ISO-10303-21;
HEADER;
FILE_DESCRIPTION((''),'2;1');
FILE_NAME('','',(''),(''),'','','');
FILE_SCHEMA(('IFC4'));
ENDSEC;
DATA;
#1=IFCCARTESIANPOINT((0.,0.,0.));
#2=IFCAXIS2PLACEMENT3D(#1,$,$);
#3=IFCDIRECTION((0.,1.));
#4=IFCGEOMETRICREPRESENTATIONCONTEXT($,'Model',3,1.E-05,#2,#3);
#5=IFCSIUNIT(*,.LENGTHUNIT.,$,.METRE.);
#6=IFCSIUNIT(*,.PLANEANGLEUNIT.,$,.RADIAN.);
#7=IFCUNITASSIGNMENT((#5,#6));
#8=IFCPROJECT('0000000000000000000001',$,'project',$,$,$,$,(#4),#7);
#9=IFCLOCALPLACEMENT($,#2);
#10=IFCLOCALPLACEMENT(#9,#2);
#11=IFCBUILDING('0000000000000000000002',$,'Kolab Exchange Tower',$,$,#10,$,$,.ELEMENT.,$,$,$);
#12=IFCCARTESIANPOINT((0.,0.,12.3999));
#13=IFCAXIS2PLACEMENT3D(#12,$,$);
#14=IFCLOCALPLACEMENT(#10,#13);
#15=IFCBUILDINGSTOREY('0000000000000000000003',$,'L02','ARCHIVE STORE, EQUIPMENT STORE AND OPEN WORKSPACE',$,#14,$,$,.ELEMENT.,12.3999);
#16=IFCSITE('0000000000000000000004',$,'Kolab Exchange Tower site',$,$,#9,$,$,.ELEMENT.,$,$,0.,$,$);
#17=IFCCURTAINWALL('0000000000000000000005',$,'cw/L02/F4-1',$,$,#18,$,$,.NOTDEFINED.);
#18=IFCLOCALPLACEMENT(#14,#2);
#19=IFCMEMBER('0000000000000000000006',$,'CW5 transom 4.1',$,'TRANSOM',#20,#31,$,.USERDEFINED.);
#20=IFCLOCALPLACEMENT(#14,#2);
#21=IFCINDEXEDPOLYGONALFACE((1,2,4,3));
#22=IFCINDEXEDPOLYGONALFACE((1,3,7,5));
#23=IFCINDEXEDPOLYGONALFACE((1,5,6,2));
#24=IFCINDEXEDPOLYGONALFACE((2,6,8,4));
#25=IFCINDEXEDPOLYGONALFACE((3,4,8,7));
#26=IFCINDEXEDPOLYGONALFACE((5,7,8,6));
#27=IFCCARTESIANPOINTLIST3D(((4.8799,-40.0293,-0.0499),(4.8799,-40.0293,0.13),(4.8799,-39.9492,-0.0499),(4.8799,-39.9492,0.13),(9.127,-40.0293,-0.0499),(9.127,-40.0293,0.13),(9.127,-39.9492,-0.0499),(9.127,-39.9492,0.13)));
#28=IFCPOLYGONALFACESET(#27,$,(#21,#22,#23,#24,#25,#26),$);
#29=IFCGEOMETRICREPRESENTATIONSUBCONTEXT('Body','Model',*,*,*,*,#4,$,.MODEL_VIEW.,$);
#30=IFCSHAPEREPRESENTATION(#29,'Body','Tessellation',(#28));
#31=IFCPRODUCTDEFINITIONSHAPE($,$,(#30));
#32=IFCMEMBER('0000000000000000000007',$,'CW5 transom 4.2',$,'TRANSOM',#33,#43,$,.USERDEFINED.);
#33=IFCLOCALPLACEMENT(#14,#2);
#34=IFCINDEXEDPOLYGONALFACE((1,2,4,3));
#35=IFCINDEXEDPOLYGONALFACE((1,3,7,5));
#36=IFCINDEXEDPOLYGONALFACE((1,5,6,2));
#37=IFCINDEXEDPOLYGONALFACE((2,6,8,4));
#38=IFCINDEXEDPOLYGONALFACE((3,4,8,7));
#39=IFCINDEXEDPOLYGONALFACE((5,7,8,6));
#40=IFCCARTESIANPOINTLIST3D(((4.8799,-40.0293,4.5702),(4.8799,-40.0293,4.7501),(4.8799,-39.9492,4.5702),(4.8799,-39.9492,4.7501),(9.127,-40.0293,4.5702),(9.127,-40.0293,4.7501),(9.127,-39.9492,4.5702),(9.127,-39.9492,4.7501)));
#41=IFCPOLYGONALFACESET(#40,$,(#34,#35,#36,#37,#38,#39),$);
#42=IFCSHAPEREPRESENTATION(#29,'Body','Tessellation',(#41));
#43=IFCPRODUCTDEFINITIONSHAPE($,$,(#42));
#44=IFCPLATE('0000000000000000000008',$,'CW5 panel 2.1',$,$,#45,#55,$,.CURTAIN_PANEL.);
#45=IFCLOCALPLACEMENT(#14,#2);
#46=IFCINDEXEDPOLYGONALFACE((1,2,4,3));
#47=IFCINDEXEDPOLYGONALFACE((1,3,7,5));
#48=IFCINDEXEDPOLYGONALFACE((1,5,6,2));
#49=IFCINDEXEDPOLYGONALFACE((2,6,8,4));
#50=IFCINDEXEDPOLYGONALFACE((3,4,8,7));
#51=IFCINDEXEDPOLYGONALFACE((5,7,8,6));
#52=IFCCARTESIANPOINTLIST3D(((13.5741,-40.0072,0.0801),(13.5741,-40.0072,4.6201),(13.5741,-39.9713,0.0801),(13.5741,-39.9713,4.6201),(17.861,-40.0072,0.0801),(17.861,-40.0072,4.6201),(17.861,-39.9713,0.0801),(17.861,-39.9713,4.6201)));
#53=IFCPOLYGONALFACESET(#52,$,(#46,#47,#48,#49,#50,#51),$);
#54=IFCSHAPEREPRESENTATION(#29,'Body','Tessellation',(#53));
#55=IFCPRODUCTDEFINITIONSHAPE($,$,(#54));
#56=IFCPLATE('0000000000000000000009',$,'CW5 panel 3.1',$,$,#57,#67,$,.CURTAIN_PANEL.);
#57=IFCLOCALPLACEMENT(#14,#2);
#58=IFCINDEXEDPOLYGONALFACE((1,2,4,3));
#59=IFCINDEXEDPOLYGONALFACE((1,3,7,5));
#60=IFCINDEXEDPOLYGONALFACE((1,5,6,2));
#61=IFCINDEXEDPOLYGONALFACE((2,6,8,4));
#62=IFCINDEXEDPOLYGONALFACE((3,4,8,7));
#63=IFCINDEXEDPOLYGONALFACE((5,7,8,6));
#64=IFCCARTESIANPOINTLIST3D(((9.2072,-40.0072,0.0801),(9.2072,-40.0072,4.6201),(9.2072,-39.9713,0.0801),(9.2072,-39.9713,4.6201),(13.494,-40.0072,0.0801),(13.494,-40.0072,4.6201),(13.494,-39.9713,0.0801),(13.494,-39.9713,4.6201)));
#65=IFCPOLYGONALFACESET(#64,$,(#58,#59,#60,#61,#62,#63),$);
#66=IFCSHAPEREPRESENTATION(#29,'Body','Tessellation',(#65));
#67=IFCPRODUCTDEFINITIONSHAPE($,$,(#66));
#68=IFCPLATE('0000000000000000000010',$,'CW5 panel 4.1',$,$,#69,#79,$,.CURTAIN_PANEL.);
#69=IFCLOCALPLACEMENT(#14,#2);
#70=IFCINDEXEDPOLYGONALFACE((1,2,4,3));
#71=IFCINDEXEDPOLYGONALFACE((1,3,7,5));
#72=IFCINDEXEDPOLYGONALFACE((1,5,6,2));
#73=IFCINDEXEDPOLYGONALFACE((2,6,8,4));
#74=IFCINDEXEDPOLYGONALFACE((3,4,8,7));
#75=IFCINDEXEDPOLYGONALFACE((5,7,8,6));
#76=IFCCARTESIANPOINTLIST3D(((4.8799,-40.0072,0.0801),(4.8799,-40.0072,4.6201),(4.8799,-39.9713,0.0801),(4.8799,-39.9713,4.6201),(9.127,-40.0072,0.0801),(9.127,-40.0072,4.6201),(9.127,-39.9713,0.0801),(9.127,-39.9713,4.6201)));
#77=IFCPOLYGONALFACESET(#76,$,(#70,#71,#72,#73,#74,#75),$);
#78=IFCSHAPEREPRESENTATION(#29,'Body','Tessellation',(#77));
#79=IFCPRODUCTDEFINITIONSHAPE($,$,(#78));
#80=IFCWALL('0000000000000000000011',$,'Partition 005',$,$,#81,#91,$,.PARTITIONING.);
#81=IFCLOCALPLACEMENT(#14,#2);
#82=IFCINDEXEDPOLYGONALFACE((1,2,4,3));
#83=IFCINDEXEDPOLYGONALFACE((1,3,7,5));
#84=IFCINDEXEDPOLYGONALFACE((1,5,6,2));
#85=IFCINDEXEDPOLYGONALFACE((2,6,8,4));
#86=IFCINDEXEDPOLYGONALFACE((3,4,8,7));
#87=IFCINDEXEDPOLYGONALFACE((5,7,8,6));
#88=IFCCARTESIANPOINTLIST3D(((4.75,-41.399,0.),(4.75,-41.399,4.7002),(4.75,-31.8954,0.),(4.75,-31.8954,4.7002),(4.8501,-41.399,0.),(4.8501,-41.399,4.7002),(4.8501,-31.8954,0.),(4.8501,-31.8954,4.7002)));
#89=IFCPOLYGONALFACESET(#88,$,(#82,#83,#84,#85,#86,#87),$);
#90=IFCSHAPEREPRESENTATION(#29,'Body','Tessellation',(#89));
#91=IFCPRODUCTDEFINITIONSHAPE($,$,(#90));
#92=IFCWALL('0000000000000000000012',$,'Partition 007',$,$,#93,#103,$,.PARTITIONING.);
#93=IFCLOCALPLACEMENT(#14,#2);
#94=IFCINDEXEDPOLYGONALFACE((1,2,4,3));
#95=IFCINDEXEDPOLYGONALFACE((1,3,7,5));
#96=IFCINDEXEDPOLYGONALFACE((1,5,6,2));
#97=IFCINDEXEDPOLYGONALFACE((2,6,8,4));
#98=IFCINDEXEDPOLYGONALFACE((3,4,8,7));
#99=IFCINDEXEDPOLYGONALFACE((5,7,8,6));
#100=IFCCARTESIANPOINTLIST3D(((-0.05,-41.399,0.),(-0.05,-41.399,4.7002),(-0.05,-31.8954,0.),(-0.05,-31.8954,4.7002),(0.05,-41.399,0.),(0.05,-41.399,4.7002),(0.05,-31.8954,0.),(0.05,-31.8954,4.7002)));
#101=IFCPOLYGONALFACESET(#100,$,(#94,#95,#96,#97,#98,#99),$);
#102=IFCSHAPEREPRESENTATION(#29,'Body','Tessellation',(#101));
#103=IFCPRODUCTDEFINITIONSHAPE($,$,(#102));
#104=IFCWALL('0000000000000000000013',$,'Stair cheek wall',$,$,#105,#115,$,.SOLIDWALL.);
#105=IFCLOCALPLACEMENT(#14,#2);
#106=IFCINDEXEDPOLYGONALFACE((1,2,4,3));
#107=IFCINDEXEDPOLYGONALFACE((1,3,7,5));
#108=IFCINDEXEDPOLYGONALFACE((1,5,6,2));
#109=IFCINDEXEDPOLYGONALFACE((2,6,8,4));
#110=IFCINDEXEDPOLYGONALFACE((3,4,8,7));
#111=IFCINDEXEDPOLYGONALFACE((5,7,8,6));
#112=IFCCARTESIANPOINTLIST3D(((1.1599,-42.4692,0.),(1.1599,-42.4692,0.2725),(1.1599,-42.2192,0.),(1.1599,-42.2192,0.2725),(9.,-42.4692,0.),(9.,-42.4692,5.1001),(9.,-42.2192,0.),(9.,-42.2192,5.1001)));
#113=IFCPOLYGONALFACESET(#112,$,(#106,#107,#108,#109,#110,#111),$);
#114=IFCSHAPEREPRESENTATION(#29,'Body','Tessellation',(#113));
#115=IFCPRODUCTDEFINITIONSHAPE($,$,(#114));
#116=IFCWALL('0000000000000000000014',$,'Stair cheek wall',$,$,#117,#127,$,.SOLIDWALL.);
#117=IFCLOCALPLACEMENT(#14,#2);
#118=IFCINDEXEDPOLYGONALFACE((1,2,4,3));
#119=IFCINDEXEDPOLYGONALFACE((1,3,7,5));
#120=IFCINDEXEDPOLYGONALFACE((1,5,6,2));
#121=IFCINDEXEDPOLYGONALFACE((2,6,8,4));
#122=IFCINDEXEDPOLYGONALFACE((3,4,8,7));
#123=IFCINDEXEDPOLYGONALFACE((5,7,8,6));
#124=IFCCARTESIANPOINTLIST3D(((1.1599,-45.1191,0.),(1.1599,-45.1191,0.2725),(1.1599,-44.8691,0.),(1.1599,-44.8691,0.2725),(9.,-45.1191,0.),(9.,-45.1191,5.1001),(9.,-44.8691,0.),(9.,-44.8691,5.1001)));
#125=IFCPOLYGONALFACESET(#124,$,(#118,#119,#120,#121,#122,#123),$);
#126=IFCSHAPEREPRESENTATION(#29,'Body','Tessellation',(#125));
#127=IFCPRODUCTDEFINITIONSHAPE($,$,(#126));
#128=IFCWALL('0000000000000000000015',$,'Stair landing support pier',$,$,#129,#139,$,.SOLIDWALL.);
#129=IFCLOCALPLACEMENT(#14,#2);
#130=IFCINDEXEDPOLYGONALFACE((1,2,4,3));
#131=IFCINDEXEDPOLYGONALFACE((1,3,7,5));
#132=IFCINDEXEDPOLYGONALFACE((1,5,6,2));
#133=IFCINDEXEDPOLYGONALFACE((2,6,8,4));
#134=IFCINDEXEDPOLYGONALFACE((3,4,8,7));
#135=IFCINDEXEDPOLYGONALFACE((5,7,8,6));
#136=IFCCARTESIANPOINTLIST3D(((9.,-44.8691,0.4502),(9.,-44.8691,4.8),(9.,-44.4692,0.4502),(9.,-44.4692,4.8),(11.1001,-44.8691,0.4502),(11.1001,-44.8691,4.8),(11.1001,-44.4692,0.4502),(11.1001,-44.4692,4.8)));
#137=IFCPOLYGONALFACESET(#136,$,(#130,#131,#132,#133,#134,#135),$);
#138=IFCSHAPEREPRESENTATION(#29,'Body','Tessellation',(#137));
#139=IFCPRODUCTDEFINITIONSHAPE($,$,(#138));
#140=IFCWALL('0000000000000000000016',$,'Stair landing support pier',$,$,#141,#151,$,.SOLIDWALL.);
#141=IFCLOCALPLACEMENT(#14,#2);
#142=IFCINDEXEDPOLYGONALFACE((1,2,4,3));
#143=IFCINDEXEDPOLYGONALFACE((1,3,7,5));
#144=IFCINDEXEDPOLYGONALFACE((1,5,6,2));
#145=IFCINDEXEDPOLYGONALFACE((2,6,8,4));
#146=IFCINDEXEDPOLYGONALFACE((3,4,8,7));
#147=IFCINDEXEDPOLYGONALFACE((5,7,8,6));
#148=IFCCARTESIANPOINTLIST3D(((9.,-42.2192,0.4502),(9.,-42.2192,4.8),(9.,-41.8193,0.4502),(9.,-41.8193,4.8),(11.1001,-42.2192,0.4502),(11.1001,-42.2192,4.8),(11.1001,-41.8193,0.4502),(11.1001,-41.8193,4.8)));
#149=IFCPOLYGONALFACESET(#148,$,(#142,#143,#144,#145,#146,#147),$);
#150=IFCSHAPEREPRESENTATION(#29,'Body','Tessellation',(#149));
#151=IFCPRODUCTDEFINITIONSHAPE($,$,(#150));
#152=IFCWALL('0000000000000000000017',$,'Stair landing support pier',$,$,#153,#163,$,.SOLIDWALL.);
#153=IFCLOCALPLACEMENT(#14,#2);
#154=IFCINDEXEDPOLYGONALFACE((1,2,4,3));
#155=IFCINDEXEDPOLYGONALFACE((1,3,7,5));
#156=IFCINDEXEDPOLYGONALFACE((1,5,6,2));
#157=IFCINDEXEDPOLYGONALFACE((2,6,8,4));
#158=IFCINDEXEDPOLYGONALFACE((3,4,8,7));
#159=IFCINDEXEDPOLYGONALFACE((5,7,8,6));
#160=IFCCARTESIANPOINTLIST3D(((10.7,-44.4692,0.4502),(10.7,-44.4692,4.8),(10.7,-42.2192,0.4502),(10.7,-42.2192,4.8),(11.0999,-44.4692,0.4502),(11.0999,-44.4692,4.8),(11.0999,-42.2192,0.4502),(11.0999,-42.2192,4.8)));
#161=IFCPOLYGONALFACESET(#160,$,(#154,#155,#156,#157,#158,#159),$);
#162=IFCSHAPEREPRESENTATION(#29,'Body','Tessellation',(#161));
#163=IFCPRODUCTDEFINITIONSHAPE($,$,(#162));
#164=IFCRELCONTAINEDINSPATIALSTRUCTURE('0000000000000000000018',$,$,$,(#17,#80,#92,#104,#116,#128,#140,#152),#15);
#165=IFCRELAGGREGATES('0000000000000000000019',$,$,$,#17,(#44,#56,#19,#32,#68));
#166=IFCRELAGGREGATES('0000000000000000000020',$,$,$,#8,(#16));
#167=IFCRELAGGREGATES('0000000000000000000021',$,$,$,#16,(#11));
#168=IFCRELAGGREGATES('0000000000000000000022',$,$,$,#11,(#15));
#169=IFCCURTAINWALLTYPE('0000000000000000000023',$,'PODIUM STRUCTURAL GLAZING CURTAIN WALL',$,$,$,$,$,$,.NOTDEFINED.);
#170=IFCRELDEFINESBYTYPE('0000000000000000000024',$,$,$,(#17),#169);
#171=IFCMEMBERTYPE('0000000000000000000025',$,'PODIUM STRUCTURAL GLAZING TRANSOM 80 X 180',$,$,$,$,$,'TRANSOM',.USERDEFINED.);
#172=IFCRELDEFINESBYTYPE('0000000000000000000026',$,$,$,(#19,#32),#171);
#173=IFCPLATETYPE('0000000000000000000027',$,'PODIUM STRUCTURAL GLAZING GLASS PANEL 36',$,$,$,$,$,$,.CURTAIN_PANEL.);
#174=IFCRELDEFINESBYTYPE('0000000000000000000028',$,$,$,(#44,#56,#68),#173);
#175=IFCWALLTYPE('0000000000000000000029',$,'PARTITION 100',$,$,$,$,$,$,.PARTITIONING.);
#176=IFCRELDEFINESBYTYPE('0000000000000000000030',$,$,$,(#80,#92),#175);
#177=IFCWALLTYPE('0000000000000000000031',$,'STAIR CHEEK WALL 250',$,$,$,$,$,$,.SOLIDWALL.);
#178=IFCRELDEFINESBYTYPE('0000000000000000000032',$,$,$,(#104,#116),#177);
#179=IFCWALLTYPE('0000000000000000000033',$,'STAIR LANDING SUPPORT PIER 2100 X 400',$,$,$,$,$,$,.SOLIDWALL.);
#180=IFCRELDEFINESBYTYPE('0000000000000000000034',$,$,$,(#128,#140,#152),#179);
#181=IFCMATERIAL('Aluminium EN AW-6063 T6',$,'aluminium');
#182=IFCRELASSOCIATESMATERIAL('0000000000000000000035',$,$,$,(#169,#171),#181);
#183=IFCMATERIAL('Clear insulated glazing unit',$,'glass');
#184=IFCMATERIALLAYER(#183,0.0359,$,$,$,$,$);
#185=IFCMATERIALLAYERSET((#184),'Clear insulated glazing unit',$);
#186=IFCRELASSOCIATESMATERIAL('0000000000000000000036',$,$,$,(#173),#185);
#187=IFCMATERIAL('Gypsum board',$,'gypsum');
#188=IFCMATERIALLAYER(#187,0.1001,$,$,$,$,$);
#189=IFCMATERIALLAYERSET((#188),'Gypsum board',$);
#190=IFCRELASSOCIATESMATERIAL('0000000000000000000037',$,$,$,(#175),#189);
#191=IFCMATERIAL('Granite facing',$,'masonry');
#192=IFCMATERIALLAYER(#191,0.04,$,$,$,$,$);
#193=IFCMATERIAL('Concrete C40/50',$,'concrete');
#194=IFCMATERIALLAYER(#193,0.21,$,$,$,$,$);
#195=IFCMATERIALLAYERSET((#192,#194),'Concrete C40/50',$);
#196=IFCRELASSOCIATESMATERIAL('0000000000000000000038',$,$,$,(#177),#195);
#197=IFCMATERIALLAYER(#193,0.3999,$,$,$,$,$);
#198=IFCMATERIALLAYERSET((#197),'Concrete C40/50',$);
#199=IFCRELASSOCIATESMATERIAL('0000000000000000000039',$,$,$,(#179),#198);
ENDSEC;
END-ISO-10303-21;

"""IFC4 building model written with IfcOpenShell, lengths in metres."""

from ifc_helpers import new_model, si_unit, direction, frame, frame_2d, origin, origin_2d, place, context, subcontext, project, spatial, polyline, rectangle, outline, extrude, material, layer, layer_set, material_profile, profile_set, type_object, element, aggregate, save


model = new_model("IFC4")

# Units and contexts
model_context = context("Model", 3, precision=1e-05, world=origin(), true_north=direction((0.0, 1.0)))
body_context = subcontext(model_context, "Body", "Model", "MODEL_VIEW")
ifc_project = project(units=[si_unit("LENGTHUNIT", "METRE"), si_unit("PLANEANGLEUNIT", "RADIAN")], contexts=[model_context])

# Site, building, storey
site_placement = place(None, origin())
site = spatial("IfcSite", under=ifc_project, at=site_placement, Name="Kolab Exchange Tower site", CompositionType="ELEMENT", RefElevation=0.0)
building_placement = place(site_placement, origin())
building = spatial("IfcBuilding", under=site, at=building_placement, Name="Kolab Exchange Tower", CompositionType="ELEMENT")
storey_placement = place(building_placement, frame((0.0, 0.0, 12.3999)))
storey = spatial("IfcBuildingStorey", under=building, at=storey_placement, Name="L02", Description="ARCHIVE STORE, EQUIPMENT STORE AND OPEN WORKSPACE", CompositionType="ELEMENT", Elevation=12.3999)

# Curtain wall, members, plates
ifc_material_1 = material(Name="Aluminium EN AW-6063 T6", Category="aluminium")
curtain_wall_type = type_object("IfcCurtainWallType", Name="PODIUM STRUCTURAL GLAZING CURTAIN WALL", PredefinedType="NOTDEFINED", material=ifc_material_1)
curtain_wall_placement = place(storey_placement, origin())
curtain_wall = element("IfcCurtainWall", 1, at=curtain_wall_placement, inside=storey, type_object=curtain_wall_type, Name="cw/L02/F4-1", PredefinedType="NOTDEFINED")
ifc_material_profile_1 = material_profile(ifc_material_1, rectangle(XDim=0.0801, YDim=0.1799, at=origin_2d()), Name="RECT 80X180")
ifc_profile_set_1 = profile_set([ifc_material_profile_1], Name="Aluminium EN AW-6063 T6")
member_type_1 = type_object("IfcMemberType", Name="PODIUM STRUCTURAL GLAZING TRANSOM 80 X 180", ElementType="TRANSOM", PredefinedType="USERDEFINED", material=ifc_profile_set_1)
member_1_placement = place(storey_placement, frame((9.127, -39.9893, 0.04), z_axis=(-1.0, 0.0, 0.0), x_axis=(0.0, -1.0, 0.0)))
member_1 = element("IfcMember", 2, at=member_1_placement, type_object=member_type_1, Name="CW5 transom 4.1", ObjectType="TRANSOM", PredefinedType="USERDEFINED", context=body_context, shape_type="SweptSolid", body=[
    extrude(rectangle(XDim=0.0801, YDim=0.1799, at=origin_2d()), origin(), (0.0, 0.0, 1.0), 4.2471),
])
member_2_placement = place(storey_placement, frame((9.127, -39.9893, 4.6602), z_axis=(-1.0, 0.0, 0.0), x_axis=(0.0, -1.0, 0.0)))
member_2 = element("IfcMember", 3, at=member_2_placement, type_object=member_type_1, Name="CW5 transom 4.2", ObjectType="TRANSOM", PredefinedType="USERDEFINED", context=body_context, shape_type="SweptSolid", body=[
    extrude(rectangle(XDim=0.0801, YDim=0.1799, at=origin_2d()), origin(), (0.0, 0.0, 1.0), 4.2471),
])
ifc_material_2 = material(Name="Clear insulated glazing unit", Category="glass")
ifc_layer_1 = layer(ifc_material_2, 0.0359)
ifc_layer_set_1 = layer_set([ifc_layer_1], Name="Clear insulated glazing unit")
plate_type = type_object("IfcPlateType", Name="PODIUM STRUCTURAL GLAZING GLASS PANEL 36", PredefinedType="CURTAIN_PANEL", material=ifc_layer_set_1)
plate_1_placement = place(storey_placement, frame((15.7175, -39.9893, 0.0801), z_axis=(0.0, 0.0, 1.0), x_axis=(-1.0, 0.0, 0.0)))
plate_1 = element("IfcPlate", 4, at=plate_1_placement, type_object=plate_type, Name="CW5 panel 2.1", PredefinedType="CURTAIN_PANEL", context=body_context, shape_type="SweptSolid", body=[
    extrude(rectangle(XDim=4.2869, YDim=0.0359, at=origin_2d()), origin(), (0.0, 0.0, 1.0), 4.54),
])
plate_2_placement = place(storey_placement, frame((11.3506, -39.9893, 0.0801), z_axis=(0.0, 0.0, 1.0), x_axis=(-1.0, 0.0, 0.0)))
plate_2 = element("IfcPlate", 5, at=plate_2_placement, type_object=plate_type, Name="CW5 panel 3.1", PredefinedType="CURTAIN_PANEL", context=body_context, shape_type="SweptSolid", body=[
    extrude(rectangle(XDim=4.2869, YDim=0.0359, at=origin_2d()), origin(), (0.0, 0.0, 1.0), 4.54),
])
plate_3_placement = place(storey_placement, frame((7.0034, -39.9893, 0.0801), z_axis=(0.0, 0.0, 1.0), x_axis=(-1.0, 0.0, 0.0)))
plate_3 = element("IfcPlate", 6, at=plate_3_placement, type_object=plate_type, Name="CW5 panel 4.1", PredefinedType="CURTAIN_PANEL", context=body_context, shape_type="SweptSolid", body=[
    extrude(rectangle(XDim=4.2471, YDim=0.0359, at=origin_2d()), origin(), (0.0, 0.0, 1.0), 4.54),
])
aggregate(curtain_wall, [plate_1, plate_2, member_1, member_2, plate_3])

# Walls
ifc_material_3 = material(Name="Gypsum board", Category="gypsum")
ifc_layer_2 = layer(ifc_material_3, 0.1001)
ifc_layer_set_2 = layer_set([ifc_layer_2], Name="Gypsum board")
wall_type_1 = type_object("IfcWallType", Name="PARTITION 100", PredefinedType="PARTITIONING", material=ifc_layer_set_2)
for number, where, z_axis, x_axis, name in (
    (7, (4.8, -41.3992, 0.0), (0.0, 0.0, 1.0), (0.0, 1.0, 0.0), "Partition 005"),
    (8, (0.0, -41.3992, 0.0), (0.0, 0.0, 1.0), (0.0, 1.0, 0.0), "Partition 007"),
):
    element("IfcWall", number, at=place(storey_placement, frame(where, z_axis=z_axis, x_axis=x_axis)), inside=storey, type_object=wall_type_1, Name=name, PredefinedType="PARTITIONING", context=body_context, shape_type="SweptSolid", body=[
        extrude(rectangle(XDim=9.5037, YDim=0.1001, at=frame_2d((4.752, 0.0))), origin(), (0.0, 0.0, 1.0), 4.7002),
    ])
ifc_material_4 = material(Name="Granite facing", Category="masonry")
ifc_layer_3 = layer(ifc_material_4, 0.04)
ifc_material_5 = material(Name="Concrete C40/50", Category="concrete")
ifc_layer_4 = layer(ifc_material_5, 0.21)
ifc_layer_set_3 = layer_set([ifc_layer_3, ifc_layer_4], Name="Concrete C40/50")
wall_type_2 = type_object("IfcWallType", Name="STAIR CHEEK WALL 250", PredefinedType="SOLIDWALL", material=ifc_layer_set_3)
for number, where, z_axis, x_axis, name in (
    (9, (1.1599, -42.3442, 0.0), (0.0, 0.0, 1.0), (1.0, 0.0, 0.0), "Stair cheek wall"),
    (10, (1.1599, -44.9941, 0.0), (0.0, 0.0, 1.0), (1.0, 0.0, 0.0), "Stair cheek wall"),
):
    element("IfcWall", number, at=place(storey_placement, frame(where, z_axis=z_axis, x_axis=x_axis)), inside=storey, type_object=wall_type_2, Name=name, PredefinedType="SOLIDWALL", context=body_context, shape_type="SweptSolid", body=[
        extrude(outline(polyline([(0.0, 0.0), (7.8401, 0.0), (7.8401, 5.1001), (0.0, 0.2725), (0.0, 0.0)])), frame((0.0, 0.125, 0.0), z_axis=(0.0, -1.0, 0.0), x_axis=(1.0, 0.0, 0.0)), (0.0, 0.0, 1.0), 0.25),
    ])
ifc_layer_5 = layer(ifc_material_5, 0.3999)
ifc_layer_set_4 = layer_set([ifc_layer_5], Name="Concrete C40/50")
wall_type_3 = type_object("IfcWallType", Name="STAIR LANDING SUPPORT PIER 2100 X 400", PredefinedType="SOLIDWALL", material=ifc_layer_set_4)
for number, where, z_axis, x_axis, name in (
    (11, (11.1001, -44.6692, 0.4502), (0.0, 0.0, 1.0), (-1.0, 0.0, 0.0), "Stair landing support pier"),
    (12, (11.1001, -42.0193, 0.4502), (0.0, 0.0, 1.0), (-1.0, 0.0, 0.0), "Stair landing support pier"),
):
    element("IfcWall", number, at=place(storey_placement, frame(where, z_axis=z_axis, x_axis=x_axis)), inside=storey, type_object=wall_type_3, Name=name, PredefinedType="SOLIDWALL", context=body_context, shape_type="SweptSolid", body=[
        extrude(rectangle(XDim=2.1001, YDim=0.3999, at=frame_2d((1.05, 0.0))), origin(), (0.0, 0.0, 1.0), 4.3499),
    ])
wall_1_placement = place(storey_placement, frame((10.8999, -42.2192, 0.4502), z_axis=(0.0, 0.0, 1.0), x_axis=(0.0, -1.0, 0.0)))
element("IfcWall", 13, at=wall_1_placement, inside=storey, type_object=wall_type_3, Name="Stair landing support pier", PredefinedType="SOLIDWALL", context=body_context, shape_type="SweptSolid", body=[
    extrude(rectangle(XDim=2.25, YDim=0.3999, at=frame_2d((1.125, 0.0))), origin(), (0.0, 0.0, 1.0), 4.3499),
])

save(model, "model.ifc")
